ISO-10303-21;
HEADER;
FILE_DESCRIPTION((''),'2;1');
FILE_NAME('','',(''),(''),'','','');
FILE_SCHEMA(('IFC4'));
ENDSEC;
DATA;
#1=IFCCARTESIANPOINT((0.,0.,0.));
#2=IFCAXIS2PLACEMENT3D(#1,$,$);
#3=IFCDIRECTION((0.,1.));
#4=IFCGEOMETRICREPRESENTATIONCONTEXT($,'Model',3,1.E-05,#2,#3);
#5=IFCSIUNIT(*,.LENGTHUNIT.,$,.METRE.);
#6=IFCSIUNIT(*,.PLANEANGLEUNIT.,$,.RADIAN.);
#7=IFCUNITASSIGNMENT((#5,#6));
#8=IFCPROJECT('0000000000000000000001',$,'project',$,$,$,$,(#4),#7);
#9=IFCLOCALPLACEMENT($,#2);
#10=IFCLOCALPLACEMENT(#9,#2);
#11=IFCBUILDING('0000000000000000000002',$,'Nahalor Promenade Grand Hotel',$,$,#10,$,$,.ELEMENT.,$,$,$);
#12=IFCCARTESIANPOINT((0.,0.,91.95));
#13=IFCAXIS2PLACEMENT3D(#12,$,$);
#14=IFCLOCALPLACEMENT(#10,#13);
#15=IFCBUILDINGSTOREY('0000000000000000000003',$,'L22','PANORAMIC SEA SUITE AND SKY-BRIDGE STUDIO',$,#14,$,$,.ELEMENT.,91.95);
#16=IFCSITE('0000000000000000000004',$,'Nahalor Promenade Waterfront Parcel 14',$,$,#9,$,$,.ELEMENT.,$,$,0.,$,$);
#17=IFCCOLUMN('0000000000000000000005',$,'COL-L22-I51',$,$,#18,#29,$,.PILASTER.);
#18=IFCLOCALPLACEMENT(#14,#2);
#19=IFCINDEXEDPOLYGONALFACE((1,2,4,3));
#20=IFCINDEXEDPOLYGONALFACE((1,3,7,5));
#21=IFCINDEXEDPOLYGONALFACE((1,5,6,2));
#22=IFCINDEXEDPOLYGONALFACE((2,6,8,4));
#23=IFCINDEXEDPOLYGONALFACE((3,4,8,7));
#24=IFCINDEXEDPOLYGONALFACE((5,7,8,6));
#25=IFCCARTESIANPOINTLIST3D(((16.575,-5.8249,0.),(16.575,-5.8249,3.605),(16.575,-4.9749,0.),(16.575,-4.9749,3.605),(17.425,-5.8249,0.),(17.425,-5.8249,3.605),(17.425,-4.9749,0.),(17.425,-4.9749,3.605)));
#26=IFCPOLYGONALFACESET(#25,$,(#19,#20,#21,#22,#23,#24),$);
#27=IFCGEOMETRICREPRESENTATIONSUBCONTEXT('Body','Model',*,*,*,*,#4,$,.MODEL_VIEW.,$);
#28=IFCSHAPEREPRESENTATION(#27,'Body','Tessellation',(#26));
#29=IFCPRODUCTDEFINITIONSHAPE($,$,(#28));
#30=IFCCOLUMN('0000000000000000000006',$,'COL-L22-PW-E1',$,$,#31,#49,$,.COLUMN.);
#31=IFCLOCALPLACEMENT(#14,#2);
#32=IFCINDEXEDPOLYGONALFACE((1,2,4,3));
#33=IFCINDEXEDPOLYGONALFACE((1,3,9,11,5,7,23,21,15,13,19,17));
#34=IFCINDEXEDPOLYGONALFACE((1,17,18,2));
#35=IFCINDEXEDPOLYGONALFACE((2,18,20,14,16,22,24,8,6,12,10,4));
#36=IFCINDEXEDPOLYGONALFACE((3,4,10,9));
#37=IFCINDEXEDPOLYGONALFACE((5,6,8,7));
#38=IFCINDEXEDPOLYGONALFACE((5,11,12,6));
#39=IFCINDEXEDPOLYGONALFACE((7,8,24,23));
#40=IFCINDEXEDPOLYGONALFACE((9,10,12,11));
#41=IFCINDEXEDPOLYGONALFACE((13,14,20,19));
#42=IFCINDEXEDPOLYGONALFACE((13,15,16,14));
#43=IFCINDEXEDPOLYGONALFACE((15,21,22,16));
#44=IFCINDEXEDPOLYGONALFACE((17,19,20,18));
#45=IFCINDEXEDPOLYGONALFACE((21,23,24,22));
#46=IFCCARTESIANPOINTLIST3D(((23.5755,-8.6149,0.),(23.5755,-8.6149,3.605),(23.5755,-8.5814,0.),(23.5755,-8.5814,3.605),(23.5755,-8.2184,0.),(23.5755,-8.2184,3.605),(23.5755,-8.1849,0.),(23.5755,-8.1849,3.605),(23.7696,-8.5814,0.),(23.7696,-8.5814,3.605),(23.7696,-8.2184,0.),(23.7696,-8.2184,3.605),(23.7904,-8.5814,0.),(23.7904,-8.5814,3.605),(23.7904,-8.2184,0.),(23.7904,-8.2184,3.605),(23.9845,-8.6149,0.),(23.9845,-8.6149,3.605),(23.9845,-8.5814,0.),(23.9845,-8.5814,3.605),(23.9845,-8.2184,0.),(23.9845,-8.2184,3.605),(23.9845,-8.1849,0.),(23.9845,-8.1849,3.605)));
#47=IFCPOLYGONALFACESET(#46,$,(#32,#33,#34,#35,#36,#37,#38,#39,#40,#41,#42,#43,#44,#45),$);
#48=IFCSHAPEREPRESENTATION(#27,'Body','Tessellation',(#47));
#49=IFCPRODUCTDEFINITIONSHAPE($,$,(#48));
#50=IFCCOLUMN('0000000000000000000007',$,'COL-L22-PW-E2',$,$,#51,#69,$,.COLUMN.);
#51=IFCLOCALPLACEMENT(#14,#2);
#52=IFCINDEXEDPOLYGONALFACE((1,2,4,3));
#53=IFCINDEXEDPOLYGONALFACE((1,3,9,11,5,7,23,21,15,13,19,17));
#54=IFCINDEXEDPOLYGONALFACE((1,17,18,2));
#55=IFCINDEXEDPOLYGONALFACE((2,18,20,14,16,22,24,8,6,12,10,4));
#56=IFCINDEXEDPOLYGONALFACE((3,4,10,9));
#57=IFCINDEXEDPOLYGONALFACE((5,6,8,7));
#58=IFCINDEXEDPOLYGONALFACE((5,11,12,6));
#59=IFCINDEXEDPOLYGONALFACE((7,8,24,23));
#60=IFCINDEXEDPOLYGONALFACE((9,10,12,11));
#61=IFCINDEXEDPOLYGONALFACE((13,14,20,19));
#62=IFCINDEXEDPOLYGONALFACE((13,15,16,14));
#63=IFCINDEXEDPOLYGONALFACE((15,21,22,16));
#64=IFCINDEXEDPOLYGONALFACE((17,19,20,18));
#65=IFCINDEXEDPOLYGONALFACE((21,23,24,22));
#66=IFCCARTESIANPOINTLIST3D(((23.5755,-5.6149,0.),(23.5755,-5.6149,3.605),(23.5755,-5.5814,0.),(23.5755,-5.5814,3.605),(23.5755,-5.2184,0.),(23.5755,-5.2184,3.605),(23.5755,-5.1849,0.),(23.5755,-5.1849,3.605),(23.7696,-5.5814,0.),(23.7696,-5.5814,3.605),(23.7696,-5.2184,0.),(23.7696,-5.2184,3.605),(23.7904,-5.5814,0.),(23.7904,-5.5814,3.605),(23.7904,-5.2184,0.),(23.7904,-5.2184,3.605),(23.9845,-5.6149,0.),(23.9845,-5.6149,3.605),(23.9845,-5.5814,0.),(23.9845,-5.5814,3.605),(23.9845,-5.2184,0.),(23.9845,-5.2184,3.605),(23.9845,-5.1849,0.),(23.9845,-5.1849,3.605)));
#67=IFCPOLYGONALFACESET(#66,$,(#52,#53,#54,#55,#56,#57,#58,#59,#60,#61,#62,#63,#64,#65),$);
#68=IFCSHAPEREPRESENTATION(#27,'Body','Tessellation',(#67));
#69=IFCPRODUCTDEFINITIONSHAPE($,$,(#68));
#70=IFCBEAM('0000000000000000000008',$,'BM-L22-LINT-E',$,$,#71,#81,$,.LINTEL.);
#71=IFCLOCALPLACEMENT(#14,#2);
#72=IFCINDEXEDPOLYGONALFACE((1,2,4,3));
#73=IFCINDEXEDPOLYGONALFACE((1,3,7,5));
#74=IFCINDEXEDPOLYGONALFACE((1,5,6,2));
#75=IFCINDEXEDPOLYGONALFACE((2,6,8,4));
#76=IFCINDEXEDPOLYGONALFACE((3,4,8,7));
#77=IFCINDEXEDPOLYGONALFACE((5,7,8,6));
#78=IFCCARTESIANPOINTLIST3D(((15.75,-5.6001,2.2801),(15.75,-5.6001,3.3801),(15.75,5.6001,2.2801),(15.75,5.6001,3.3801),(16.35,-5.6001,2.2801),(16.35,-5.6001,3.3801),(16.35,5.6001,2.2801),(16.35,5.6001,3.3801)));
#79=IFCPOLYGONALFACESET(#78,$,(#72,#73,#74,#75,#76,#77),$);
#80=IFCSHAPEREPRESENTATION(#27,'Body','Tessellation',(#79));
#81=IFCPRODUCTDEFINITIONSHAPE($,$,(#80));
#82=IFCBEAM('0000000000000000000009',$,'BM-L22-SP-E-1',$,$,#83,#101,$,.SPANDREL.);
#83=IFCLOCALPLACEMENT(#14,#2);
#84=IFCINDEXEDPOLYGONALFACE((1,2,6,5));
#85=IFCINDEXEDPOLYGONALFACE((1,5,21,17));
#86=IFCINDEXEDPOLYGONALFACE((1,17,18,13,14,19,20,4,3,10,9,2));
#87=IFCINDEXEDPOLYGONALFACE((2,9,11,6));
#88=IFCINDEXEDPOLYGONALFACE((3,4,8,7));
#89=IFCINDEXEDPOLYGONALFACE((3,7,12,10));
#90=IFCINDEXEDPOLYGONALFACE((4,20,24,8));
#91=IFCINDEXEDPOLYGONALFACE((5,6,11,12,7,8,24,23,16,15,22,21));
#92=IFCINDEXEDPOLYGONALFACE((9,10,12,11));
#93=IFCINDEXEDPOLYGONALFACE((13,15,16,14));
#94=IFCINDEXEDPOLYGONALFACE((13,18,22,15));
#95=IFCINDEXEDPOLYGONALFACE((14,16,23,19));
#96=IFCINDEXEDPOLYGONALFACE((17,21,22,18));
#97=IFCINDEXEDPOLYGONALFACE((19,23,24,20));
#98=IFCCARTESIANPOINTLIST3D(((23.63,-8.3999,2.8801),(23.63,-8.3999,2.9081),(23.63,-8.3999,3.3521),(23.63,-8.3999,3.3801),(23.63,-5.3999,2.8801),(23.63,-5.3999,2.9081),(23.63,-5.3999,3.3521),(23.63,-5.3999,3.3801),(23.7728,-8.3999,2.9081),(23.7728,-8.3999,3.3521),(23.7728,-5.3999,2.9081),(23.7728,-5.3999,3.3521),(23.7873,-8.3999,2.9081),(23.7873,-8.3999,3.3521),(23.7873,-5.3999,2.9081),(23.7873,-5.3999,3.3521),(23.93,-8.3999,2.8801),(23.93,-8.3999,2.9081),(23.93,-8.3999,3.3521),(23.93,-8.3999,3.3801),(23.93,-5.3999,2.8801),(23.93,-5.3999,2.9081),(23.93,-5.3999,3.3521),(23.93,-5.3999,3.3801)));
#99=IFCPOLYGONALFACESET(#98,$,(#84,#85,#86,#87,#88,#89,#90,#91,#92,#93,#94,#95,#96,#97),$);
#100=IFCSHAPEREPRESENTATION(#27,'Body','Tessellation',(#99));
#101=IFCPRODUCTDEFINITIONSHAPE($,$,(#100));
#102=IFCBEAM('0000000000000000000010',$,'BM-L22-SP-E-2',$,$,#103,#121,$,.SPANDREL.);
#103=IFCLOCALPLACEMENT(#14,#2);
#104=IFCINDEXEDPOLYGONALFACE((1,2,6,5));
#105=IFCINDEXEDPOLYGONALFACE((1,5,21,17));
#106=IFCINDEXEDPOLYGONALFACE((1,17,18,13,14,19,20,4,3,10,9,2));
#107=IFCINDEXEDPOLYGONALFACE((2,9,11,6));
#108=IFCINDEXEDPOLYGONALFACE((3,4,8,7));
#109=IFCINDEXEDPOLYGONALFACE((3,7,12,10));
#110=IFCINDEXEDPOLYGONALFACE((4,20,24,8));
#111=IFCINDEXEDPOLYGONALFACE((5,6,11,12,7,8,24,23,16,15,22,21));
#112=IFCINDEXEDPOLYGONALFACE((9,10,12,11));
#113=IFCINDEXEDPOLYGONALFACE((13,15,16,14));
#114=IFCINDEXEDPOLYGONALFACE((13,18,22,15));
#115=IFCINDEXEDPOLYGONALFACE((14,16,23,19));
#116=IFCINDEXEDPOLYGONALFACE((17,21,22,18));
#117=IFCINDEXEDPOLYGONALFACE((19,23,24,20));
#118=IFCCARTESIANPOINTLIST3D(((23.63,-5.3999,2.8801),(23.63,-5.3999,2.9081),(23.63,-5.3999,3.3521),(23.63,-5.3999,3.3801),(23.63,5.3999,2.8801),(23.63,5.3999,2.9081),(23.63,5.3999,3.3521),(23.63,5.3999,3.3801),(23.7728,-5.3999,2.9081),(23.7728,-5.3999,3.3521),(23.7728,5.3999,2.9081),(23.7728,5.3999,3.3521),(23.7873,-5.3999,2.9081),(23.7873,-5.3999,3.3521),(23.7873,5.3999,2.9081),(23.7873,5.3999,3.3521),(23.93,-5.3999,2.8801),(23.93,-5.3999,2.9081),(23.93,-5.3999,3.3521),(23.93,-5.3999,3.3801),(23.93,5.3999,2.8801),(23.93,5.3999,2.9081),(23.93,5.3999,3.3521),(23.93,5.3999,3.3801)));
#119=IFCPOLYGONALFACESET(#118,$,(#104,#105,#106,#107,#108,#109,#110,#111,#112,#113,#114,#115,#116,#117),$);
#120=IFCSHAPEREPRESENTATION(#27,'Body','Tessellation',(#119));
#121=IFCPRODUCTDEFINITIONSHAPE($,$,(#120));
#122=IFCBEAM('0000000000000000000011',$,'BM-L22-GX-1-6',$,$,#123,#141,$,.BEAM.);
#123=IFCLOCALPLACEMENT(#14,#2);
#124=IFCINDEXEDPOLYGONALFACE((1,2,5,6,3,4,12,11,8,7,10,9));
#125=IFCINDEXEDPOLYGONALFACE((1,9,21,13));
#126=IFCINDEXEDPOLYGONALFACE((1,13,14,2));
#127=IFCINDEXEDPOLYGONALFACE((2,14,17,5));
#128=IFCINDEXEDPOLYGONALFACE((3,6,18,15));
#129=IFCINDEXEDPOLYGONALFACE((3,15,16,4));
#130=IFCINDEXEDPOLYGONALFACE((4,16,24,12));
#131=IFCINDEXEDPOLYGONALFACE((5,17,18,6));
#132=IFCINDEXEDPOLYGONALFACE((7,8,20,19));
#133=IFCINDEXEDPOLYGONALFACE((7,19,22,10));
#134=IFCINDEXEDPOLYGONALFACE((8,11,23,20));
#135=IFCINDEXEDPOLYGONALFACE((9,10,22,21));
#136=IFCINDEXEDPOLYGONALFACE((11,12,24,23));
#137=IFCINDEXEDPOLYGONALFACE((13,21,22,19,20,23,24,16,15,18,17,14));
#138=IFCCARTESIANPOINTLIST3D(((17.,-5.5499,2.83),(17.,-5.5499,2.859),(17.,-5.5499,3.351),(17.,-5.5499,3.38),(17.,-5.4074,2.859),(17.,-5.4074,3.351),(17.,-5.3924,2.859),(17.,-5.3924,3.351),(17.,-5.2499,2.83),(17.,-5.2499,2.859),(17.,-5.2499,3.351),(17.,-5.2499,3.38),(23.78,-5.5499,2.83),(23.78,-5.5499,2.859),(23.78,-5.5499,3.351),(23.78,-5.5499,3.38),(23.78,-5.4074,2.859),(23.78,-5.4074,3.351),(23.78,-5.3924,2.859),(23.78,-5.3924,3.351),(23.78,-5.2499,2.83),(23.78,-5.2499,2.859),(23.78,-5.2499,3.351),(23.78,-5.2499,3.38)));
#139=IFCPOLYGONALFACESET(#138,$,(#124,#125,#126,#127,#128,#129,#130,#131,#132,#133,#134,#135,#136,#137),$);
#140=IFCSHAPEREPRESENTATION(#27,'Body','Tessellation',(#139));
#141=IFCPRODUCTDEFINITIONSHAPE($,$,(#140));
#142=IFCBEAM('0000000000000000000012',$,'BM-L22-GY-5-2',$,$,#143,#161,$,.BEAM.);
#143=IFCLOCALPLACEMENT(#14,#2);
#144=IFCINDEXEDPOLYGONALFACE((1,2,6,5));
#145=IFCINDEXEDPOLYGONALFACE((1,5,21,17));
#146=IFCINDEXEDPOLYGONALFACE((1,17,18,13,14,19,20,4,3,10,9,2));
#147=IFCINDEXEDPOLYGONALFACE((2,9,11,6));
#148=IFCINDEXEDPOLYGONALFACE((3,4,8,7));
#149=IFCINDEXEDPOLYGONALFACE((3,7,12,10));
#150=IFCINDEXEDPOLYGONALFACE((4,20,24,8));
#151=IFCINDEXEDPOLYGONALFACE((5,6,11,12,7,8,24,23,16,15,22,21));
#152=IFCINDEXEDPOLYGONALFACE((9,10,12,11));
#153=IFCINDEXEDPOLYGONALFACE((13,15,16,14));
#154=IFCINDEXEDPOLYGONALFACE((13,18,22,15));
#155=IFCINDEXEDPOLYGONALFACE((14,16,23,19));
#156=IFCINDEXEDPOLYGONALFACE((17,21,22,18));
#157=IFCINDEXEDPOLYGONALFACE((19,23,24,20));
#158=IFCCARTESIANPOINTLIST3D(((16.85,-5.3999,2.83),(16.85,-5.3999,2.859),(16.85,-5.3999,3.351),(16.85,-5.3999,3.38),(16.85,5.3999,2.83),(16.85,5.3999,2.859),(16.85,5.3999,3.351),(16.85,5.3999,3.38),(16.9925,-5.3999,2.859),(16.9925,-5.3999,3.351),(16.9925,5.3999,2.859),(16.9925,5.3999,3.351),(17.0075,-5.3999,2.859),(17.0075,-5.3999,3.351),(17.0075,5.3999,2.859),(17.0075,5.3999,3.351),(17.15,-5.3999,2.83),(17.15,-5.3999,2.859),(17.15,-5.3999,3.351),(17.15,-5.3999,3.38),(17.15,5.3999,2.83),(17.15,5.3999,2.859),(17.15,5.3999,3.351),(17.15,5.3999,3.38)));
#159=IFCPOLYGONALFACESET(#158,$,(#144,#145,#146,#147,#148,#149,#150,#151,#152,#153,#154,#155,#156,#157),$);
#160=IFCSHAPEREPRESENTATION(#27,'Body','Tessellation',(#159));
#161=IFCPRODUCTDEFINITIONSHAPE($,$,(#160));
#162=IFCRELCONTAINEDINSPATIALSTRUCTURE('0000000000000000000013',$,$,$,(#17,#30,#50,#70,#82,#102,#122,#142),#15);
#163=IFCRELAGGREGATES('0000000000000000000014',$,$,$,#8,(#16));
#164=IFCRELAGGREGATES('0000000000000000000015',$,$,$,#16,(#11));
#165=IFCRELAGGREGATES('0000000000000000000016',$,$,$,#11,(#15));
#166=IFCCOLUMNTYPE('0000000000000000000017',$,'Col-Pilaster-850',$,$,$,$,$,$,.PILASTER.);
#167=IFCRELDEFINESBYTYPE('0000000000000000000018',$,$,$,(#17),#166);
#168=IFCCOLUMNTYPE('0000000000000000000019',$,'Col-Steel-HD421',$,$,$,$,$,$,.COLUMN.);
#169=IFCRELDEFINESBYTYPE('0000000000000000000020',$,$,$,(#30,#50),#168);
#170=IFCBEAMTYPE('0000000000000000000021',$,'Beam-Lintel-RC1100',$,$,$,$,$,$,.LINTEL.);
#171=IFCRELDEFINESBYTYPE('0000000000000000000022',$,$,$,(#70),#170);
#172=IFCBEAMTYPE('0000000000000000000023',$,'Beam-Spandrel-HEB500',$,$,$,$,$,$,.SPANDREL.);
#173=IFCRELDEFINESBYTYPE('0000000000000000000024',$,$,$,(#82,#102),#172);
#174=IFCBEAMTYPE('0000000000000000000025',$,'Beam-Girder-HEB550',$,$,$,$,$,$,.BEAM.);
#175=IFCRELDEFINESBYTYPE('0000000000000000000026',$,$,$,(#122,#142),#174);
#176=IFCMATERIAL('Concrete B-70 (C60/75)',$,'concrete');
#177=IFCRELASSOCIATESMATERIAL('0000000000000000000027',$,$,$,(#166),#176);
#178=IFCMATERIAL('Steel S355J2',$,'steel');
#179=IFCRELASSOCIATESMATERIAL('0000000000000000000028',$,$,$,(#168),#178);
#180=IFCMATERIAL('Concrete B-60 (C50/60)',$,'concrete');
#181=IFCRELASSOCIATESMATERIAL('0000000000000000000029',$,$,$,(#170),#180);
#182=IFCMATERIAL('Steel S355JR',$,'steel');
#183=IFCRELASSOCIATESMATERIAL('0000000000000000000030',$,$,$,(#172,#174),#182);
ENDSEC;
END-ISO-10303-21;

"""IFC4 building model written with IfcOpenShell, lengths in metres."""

from ifc_helpers import new_model, si_unit, direction, frame, origin, origin_2d, place, context, subcontext, project, spatial, rectangle, i_section, extrude, source, transform, mapped, material, material_profile, profile_set, type_object, element, save


model = new_model("IFC4")

# Units and contexts
model_context = context("Model", 3, precision=1e-05, world=origin(), true_north=direction((0.0, 1.0)))
body_context = subcontext(model_context, "Body", "Model", "MODEL_VIEW")
ifc_project = project(units=[si_unit("LENGTHUNIT", "METRE"), si_unit("PLANEANGLEUNIT", "RADIAN")], contexts=[model_context])

# Site, building, storey
site_placement = place(None, origin())
site = spatial("IfcSite", under=ifc_project, at=site_placement, Name="Nahalor Promenade Waterfront Parcel 14", CompositionType="ELEMENT", RefElevation=0.0)
building_placement = place(site_placement, origin())
building = spatial("IfcBuilding", under=site, at=building_placement, Name="Nahalor Promenade Grand Hotel", CompositionType="ELEMENT")
storey_placement = place(building_placement, frame((0.0, 0.0, 91.95)))
storey = spatial("IfcBuildingStorey", under=building, at=storey_placement, Name="L22", Description="PANORAMIC SEA SUITE AND SKY-BRIDGE STUDIO", CompositionType="ELEMENT", Elevation=91.95)

# Columns
ifc_material_1 = material(Name="Concrete B-70 (C60/75)", Category="concrete")
ifc_material_profile_1 = material_profile(ifc_material_1, rectangle(XDim=0.85, YDim=0.85, at=origin_2d()), Name="RC 850x850")
ifc_profile_set_1 = profile_set([ifc_material_profile_1], Name="Concrete B-70 (C60/75)")
column_type_1 = type_object("IfcColumnType", Name="Col-Pilaster-850", PredefinedType="PILASTER", material=ifc_profile_set_1)
shared_shape_1 = source(origin(), body_context, "Body", "SweptSolid", [
    extrude(rectangle(XDim=0.85, YDim=0.85, at=origin_2d()), origin(), (0.0, 0.0, 1.0), 3.605),
])
column_placement = place(storey_placement, frame((17.0, -5.3999, 0.0), z_axis=(0.0, 0.0, 1.0), x_axis=(1.0, 0.0, 0.0)))
element("IfcColumn", 1, at=column_placement, inside=storey, type_object=column_type_1, Name="COL-L22-I51", PredefinedType="PILASTER", context=body_context, shape_type="MappedRepresentation", body=[
    mapped(shared_shape_1, transform((0.0, 0.0, 0.0), scale=1.0)),
])
ifc_material_2 = material(Name="Steel S355J2", Category="steel")
ifc_material_profile_2 = material_profile(ifc_material_2, i_section(OverallWidth=0.409, OverallDepth=0.43, WebThickness=0.0208, FlangeThickness=0.0335, at=origin_2d()), Name="HD 400x421")
ifc_profile_set_2 = profile_set([ifc_material_profile_2], Name="Steel S355J2")
column_type_2 = type_object("IfcColumnType", Name="Col-Steel-HD421", PredefinedType="COLUMN", material=ifc_profile_set_2)
shared_shape_2 = source(origin(), body_context, "Body", "SweptSolid", [
    extrude(i_section(OverallWidth=0.409, OverallDepth=0.43, WebThickness=0.0208, FlangeThickness=0.0335, at=origin_2d()), origin(), (0.0, 0.0, 1.0), 3.605),
])
for number, where, z_axis, x_axis, name in (
    (2, (23.78, -8.3999, 0.0), (0.0, 0.0, 1.0), (1.0, 0.0, 0.0), "COL-L22-PW-E1"),
    (3, (23.78, -5.3999, 0.0), (0.0, 0.0, 1.0), (1.0, 0.0, 0.0), "COL-L22-PW-E2"),
):
    element("IfcColumn", number, at=place(storey_placement, frame(where, z_axis=z_axis, x_axis=x_axis)), inside=storey, type_object=column_type_2, Name=name, PredefinedType="COLUMN", context=body_context, shape_type="MappedRepresentation", body=[
        mapped(shared_shape_2, transform((0.0, 0.0, 0.0), scale=1.0)),
    ])

# Beams
ifc_material_3 = material(Name="Concrete B-60 (C50/60)", Category="concrete")
ifc_material_profile_3 = material_profile(ifc_material_3, rectangle(XDim=0.6, YDim=1.1, at=origin_2d()), Name="RC 600x1100")
ifc_profile_set_3 = profile_set([ifc_material_profile_3], Name="Concrete B-60 (C50/60)")
beam_type_1 = type_object("IfcBeamType", Name="Beam-Lintel-RC1100", PredefinedType="LINTEL", material=ifc_profile_set_3)
shared_shape_3 = source(origin(), body_context, "Body", "SweptSolid", [
    extrude(rectangle(XDim=0.6, YDim=1.1, at=origin_2d()), origin(), (0.0, 0.0, 1.0), 11.2002),
])
beam_1_placement = place(storey_placement, frame((16.05, -5.6001, 2.8301), z_axis=(0.0, 1.0, 0.0), x_axis=(-1.0, 0.0, 0.0)))
element("IfcBeam", 4, at=beam_1_placement, inside=storey, type_object=beam_type_1, Name="BM-L22-LINT-E", PredefinedType="LINTEL", context=body_context, shape_type="MappedRepresentation", body=[
    mapped(shared_shape_3, transform((0.0, 0.0, 0.0), scale=1.0)),
])
ifc_material_4 = material(Name="Steel S355JR", Category="steel")
ifc_material_profile_4 = material_profile(ifc_material_4, i_section(OverallWidth=0.3, OverallDepth=0.5, WebThickness=0.0145, FlangeThickness=0.028, at=origin_2d()), Name="HEB 500")
ifc_profile_set_4 = profile_set([ifc_material_profile_4], Name="Steel S355JR")
beam_type_2 = type_object("IfcBeamType", Name="Beam-Spandrel-HEB500", PredefinedType="SPANDREL", material=ifc_profile_set_4)
shared_shape_4 = source(origin(), body_context, "Body", "SweptSolid", [
    extrude(i_section(OverallWidth=0.3, OverallDepth=0.5, WebThickness=0.0145, FlangeThickness=0.028, at=origin_2d()), origin(), (0.0, 0.0, 1.0), 3.0),
])
beam_2_placement = place(storey_placement, frame((23.78, -8.3999, 3.1301), z_axis=(0.0, 1.0, 0.0), x_axis=(-1.0, 0.0, 0.0)))
element("IfcBeam", 5, at=beam_2_placement, inside=storey, type_object=beam_type_2, Name="BM-L22-SP-E-1", PredefinedType="SPANDREL", context=body_context, shape_type="MappedRepresentation", body=[
    mapped(shared_shape_4, transform((0.0, 0.0, 0.0), scale=1.0)),
])
shared_shape_5 = source(origin(), body_context, "Body", "SweptSolid", [
    extrude(i_section(OverallWidth=0.3, OverallDepth=0.5, WebThickness=0.0145, FlangeThickness=0.028, at=origin_2d()), origin(), (0.0, 0.0, 1.0), 10.7998),
])
beam_3_placement = place(storey_placement, frame((23.78, -5.3999, 3.1301), z_axis=(0.0, 1.0, 0.0), x_axis=(-1.0, 0.0, 0.0)))
element("IfcBeam", 6, at=beam_3_placement, inside=storey, type_object=beam_type_2, Name="BM-L22-SP-E-2", PredefinedType="SPANDREL", context=body_context, shape_type="MappedRepresentation", body=[
    mapped(shared_shape_5, transform((0.0, 0.0, 0.0), scale=1.0)),
])
ifc_material_profile_5 = material_profile(ifc_material_4, i_section(OverallWidth=0.3, OverallDepth=0.55, WebThickness=0.015, FlangeThickness=0.029, at=origin_2d()), Name="HEB 550")
ifc_profile_set_5 = profile_set([ifc_material_profile_5], Name="Steel S355JR")
beam_type_3 = type_object("IfcBeamType", Name="Beam-Girder-HEB550", PredefinedType="BEAM", material=ifc_profile_set_5)
shared_shape_6 = source(origin(), body_context, "Body", "SweptSolid", [
    extrude(i_section(OverallWidth=0.3, OverallDepth=0.55, WebThickness=0.015, FlangeThickness=0.029, at=origin_2d()), origin(), (0.0, 0.0, 1.0), 6.78),
])
beam_4_placement = place(storey_placement, frame((17.0, -5.3999, 3.105), z_axis=(1.0, 0.0, 0.0), x_axis=(0.0, 1.0, 0.0)))
element("IfcBeam", 7, at=beam_4_placement, inside=storey, type_object=beam_type_3, Name="BM-L22-GX-1-6", PredefinedType="BEAM", context=body_context, shape_type="MappedRepresentation", body=[
    mapped(shared_shape_6, transform((0.0, 0.0, 0.0), scale=1.0)),
])
shared_shape_7 = source(origin(), body_context, "Body", "SweptSolid", [
    extrude(i_section(OverallWidth=0.3, OverallDepth=0.55, WebThickness=0.015, FlangeThickness=0.029, at=origin_2d()), origin(), (0.0, 0.0, 1.0), 10.7998),
])
beam_5_placement = place(storey_placement, frame((17.0, -5.3999, 3.105), z_axis=(0.0, 1.0, 0.0), x_axis=(-1.0, 0.0, 0.0)))
element("IfcBeam", 8, at=beam_5_placement, inside=storey, type_object=beam_type_3, Name="BM-L22-GY-5-2", PredefinedType="BEAM", context=body_context, shape_type="MappedRepresentation", body=[
    mapped(shared_shape_7, transform((0.0, 0.0, 0.0), scale=1.0)),
])

save(model, "model.ifc")
